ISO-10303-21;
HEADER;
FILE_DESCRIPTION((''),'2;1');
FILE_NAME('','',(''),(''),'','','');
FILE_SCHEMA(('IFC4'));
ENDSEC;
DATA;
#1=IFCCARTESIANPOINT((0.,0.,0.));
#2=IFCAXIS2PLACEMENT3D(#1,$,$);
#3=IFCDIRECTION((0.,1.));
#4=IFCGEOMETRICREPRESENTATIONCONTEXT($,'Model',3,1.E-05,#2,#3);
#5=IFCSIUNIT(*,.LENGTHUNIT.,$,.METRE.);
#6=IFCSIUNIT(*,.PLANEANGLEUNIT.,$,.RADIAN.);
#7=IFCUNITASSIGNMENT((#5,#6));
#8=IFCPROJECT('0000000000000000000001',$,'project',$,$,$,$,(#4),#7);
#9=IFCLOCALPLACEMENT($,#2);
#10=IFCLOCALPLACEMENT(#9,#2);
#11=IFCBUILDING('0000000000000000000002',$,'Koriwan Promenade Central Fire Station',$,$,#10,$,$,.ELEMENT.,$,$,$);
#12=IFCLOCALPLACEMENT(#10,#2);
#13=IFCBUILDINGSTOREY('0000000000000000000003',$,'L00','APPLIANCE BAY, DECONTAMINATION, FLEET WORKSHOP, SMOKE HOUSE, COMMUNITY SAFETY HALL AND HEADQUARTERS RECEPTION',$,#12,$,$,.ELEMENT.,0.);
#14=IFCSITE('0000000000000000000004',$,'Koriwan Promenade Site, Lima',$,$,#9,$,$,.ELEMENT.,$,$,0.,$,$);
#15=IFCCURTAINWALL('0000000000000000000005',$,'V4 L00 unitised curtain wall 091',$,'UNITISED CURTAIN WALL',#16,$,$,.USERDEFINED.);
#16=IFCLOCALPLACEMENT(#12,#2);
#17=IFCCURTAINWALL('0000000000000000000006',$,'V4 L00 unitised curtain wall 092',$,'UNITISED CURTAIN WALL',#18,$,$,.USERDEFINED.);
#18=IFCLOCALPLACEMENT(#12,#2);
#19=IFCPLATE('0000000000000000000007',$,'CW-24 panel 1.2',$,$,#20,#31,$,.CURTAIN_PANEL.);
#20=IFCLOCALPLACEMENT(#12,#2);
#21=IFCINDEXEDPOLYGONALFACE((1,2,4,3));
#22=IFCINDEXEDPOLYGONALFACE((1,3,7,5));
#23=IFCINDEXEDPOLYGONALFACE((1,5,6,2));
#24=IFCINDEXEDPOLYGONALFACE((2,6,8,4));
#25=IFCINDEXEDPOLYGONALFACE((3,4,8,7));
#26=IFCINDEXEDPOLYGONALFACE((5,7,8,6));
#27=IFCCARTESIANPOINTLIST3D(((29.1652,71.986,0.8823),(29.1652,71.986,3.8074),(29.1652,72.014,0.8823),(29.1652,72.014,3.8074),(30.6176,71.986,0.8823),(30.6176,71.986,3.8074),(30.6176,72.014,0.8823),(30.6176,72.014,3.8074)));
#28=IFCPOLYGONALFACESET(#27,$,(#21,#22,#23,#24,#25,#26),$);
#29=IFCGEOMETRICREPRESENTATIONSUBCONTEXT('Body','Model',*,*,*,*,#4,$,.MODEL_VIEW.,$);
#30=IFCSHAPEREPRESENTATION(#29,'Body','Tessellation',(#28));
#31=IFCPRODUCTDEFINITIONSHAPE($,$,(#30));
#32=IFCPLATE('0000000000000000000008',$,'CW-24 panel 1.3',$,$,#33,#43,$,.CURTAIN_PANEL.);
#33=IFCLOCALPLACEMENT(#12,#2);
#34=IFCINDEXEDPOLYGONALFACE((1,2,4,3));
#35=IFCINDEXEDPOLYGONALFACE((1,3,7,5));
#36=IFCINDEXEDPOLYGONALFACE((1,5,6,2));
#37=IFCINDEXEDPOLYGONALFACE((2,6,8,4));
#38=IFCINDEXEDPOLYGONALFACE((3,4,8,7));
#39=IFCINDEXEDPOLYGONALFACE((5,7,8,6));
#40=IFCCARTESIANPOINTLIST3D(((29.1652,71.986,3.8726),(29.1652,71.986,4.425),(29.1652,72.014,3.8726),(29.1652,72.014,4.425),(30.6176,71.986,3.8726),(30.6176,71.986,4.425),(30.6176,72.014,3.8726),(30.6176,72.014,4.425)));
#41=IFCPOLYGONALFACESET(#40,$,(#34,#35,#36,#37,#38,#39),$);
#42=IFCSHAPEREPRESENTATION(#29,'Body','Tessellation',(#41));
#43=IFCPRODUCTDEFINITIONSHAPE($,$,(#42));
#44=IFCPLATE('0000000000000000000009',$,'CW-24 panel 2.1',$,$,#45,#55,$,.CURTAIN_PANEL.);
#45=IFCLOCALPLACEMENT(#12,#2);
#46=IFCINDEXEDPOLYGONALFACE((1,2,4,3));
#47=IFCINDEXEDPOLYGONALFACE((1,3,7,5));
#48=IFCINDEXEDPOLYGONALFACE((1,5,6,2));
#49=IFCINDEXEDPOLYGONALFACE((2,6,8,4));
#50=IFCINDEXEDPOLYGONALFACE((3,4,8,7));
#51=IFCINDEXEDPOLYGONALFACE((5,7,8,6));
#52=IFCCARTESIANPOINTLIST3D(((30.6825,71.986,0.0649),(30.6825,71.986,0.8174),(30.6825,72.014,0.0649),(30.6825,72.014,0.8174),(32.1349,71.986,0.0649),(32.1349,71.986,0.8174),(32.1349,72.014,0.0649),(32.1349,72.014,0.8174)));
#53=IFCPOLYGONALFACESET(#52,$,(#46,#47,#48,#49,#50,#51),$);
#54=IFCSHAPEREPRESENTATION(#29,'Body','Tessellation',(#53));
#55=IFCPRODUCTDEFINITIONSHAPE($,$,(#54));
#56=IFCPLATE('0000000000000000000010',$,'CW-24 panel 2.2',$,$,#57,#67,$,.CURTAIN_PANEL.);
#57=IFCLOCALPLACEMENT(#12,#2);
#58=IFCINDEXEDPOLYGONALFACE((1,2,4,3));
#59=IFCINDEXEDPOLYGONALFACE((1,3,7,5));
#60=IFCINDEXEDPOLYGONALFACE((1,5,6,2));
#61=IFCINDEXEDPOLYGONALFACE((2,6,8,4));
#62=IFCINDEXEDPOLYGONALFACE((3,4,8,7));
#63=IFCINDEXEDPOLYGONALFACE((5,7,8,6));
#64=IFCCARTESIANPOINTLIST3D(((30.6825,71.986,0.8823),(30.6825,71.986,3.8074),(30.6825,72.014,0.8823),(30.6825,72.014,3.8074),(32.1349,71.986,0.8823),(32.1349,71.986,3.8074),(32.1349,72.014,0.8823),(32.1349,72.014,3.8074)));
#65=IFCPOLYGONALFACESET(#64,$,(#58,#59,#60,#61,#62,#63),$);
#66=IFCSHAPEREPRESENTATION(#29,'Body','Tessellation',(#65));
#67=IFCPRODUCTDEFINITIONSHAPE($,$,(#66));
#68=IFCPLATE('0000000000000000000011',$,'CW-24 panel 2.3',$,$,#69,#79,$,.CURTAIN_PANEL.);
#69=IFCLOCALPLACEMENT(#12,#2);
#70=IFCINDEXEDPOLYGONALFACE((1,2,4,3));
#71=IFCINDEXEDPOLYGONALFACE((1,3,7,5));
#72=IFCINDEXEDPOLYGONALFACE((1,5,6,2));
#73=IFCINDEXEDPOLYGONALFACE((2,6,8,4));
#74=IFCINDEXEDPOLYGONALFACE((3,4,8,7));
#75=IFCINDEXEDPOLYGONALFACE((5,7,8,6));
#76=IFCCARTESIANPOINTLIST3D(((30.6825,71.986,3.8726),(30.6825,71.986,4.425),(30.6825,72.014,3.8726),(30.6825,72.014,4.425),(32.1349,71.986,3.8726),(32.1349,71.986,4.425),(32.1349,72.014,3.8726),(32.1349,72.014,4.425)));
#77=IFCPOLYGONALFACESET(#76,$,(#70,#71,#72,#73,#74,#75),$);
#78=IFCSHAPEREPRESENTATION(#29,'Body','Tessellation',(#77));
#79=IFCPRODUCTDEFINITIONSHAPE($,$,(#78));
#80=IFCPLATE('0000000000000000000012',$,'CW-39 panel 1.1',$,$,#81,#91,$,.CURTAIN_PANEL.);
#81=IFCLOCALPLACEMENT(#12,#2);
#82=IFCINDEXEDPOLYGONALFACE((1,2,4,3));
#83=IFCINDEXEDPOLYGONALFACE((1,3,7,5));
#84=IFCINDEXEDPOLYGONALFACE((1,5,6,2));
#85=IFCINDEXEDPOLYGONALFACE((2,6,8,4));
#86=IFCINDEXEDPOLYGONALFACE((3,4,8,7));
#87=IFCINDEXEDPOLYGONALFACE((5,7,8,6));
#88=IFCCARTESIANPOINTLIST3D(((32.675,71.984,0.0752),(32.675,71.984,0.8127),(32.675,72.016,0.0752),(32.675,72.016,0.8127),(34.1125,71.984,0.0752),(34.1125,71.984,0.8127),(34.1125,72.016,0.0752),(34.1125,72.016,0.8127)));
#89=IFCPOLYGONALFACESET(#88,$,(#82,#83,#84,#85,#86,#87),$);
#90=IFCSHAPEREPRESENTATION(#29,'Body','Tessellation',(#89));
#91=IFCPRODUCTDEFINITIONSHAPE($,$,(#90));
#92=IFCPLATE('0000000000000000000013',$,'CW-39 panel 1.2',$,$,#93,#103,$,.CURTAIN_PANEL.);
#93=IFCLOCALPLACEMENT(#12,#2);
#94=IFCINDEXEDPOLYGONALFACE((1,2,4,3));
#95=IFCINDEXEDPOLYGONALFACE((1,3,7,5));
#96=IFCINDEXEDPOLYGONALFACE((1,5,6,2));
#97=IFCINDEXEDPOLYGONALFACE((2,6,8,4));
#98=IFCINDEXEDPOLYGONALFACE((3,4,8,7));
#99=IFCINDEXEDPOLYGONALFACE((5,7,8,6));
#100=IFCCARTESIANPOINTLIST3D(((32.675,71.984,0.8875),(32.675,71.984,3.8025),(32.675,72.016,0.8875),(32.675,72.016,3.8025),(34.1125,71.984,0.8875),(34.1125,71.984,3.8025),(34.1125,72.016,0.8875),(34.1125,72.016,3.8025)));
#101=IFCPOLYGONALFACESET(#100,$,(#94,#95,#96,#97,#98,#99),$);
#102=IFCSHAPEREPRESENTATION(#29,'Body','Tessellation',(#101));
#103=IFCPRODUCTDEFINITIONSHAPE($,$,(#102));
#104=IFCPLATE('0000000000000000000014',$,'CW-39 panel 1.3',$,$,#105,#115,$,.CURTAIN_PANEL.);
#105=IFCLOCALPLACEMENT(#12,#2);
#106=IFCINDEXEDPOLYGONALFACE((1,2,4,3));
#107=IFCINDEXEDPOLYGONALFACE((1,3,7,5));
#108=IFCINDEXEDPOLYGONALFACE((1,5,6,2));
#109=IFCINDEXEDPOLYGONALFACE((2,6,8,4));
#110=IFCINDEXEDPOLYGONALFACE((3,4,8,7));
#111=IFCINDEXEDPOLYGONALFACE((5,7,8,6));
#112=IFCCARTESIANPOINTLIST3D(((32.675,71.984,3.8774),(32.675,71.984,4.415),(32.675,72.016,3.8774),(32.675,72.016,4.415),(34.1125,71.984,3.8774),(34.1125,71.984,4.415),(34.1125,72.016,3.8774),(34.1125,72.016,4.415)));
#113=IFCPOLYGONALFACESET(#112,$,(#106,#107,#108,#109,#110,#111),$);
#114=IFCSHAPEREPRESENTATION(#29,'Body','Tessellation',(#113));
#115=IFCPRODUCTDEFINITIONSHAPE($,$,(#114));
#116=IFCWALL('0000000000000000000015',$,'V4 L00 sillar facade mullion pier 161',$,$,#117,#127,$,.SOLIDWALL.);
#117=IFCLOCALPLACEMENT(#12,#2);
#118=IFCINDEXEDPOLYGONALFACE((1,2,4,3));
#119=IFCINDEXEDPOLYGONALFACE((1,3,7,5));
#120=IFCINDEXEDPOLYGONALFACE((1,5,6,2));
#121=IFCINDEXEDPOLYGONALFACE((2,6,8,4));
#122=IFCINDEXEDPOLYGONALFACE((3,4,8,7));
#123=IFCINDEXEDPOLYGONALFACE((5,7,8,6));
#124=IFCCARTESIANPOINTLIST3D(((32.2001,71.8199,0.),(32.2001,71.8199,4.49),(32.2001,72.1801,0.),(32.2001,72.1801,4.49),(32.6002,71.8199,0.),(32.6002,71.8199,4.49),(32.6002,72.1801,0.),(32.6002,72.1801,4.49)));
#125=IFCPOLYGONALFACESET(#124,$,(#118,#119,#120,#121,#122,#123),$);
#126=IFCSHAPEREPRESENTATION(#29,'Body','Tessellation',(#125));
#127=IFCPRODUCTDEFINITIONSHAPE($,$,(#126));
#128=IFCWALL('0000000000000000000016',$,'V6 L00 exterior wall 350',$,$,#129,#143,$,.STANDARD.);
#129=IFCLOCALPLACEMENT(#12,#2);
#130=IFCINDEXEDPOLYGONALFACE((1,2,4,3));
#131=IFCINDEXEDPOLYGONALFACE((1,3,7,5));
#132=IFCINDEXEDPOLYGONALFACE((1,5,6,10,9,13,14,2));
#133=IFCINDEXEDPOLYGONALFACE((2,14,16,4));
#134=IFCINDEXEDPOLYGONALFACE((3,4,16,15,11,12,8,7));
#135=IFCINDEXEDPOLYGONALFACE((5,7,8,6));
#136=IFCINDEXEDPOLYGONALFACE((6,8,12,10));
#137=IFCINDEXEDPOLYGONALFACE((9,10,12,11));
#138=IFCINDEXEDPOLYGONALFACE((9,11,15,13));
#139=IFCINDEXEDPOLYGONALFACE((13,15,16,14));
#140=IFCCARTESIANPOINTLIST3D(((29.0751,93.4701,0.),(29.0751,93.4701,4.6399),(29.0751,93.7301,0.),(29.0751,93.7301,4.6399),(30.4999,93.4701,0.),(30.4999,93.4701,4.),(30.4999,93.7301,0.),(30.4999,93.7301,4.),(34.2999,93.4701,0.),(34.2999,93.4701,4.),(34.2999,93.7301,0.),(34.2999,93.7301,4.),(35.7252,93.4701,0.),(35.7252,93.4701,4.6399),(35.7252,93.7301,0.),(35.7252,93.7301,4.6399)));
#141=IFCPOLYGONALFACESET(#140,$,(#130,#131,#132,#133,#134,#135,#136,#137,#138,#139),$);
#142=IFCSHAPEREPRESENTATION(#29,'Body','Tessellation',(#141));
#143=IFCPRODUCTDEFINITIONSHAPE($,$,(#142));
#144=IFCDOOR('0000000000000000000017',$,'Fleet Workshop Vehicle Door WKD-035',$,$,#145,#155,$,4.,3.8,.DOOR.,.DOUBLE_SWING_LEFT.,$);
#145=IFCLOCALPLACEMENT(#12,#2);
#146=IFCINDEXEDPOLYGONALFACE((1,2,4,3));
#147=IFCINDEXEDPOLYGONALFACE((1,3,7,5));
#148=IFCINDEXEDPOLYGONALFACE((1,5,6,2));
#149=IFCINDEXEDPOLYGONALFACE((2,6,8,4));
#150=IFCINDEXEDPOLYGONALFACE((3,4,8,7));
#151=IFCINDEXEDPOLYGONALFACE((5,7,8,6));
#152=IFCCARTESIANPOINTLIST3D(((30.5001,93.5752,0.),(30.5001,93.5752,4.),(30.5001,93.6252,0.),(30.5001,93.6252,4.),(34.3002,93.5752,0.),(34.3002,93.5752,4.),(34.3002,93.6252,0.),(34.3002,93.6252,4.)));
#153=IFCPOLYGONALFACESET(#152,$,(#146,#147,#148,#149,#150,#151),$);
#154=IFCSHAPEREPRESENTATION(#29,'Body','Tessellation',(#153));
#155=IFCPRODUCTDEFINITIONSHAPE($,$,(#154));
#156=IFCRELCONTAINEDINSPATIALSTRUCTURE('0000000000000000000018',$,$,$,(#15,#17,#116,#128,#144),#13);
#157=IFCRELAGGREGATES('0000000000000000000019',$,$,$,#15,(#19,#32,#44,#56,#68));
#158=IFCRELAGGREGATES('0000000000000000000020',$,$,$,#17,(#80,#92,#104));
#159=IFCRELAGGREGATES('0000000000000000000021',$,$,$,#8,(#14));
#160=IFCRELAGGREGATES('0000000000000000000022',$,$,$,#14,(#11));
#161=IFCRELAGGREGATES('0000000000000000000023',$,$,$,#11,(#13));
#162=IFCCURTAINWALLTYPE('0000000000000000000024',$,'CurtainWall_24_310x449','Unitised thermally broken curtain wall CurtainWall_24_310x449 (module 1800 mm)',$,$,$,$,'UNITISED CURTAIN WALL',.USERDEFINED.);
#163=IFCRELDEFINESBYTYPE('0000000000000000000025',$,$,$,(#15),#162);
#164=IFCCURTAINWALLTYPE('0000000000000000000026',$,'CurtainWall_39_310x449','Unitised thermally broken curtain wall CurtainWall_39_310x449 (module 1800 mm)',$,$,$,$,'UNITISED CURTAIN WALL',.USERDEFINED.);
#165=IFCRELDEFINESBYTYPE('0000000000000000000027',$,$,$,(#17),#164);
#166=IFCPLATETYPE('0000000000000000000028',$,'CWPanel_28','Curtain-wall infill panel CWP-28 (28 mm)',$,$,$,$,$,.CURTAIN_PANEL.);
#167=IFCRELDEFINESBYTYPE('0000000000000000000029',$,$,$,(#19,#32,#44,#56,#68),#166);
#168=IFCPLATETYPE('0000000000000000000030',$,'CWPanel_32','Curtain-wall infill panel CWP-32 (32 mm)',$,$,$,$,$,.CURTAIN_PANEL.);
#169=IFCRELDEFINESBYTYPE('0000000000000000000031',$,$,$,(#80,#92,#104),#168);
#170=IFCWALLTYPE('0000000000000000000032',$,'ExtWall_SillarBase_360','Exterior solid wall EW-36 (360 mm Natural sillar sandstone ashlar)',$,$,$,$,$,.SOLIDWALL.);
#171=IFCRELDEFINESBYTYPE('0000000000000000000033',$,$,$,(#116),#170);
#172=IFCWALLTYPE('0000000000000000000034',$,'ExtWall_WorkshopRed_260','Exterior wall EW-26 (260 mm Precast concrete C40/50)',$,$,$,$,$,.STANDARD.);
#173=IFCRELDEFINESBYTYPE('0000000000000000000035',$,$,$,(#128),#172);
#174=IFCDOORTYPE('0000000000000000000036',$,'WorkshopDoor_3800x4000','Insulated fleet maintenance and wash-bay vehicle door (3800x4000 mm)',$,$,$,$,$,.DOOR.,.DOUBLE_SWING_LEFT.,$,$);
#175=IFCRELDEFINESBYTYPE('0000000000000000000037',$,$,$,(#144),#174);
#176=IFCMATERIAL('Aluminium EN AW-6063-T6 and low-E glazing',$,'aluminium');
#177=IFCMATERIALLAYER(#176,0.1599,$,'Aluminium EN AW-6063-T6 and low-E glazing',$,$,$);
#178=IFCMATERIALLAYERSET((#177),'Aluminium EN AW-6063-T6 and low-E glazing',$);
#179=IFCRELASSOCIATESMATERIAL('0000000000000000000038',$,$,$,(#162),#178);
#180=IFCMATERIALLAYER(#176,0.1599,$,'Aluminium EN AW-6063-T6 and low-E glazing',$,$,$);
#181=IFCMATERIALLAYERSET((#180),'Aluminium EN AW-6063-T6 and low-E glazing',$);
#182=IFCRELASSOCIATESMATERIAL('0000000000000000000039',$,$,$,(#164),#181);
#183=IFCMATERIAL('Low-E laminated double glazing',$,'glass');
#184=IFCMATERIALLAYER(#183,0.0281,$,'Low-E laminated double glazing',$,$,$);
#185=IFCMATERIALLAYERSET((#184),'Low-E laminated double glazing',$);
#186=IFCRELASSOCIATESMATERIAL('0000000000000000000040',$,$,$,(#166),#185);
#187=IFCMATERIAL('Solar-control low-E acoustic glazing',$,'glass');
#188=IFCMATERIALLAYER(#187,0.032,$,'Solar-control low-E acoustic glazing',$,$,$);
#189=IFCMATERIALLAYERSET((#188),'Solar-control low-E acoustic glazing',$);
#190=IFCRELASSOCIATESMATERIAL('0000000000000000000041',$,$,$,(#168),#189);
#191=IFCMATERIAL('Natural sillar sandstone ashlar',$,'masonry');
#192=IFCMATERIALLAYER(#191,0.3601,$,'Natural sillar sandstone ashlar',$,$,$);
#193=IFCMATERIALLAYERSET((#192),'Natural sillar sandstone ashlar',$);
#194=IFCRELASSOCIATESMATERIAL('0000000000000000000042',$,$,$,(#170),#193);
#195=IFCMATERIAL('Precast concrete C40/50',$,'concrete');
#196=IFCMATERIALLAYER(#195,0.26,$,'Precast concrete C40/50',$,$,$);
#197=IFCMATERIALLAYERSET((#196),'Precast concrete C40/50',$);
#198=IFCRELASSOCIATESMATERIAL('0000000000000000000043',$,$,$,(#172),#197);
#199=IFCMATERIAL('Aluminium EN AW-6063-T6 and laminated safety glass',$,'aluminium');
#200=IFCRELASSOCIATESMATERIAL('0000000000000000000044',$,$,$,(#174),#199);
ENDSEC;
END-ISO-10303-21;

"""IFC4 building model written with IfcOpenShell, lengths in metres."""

from ifc_helpers import new_model, si_unit, direction, frame, frame_2d, origin, origin_2d, place, context, subcontext, project, spatial, rectangle, extrude, material, layer, layer_set, type_object, element, fill, aggregate, save


model = new_model("IFC4")

# Units and contexts
model_context = context("Model", 3, precision=1e-05, world=origin(), true_north=direction((0.0, 1.0)))
body_context = subcontext(model_context, "Body", "Model", "MODEL_VIEW")
ifc_project = project(units=[si_unit("LENGTHUNIT", "METRE"), si_unit("PLANEANGLEUNIT", "RADIAN")], contexts=[model_context])

# Site, building, storey
site_placement = place(None, origin())
site = spatial("IfcSite", under=ifc_project, at=site_placement, Name="Koriwan Promenade Site, Lima", CompositionType="ELEMENT", RefElevation=0.0)
building_placement = place(site_placement, origin())
building = spatial("IfcBuilding", under=site, at=building_placement, Name="Koriwan Promenade Central Fire Station", CompositionType="ELEMENT")
storey_placement = place(building_placement, origin())
storey = spatial("IfcBuildingStorey", under=building, at=storey_placement, Name="L00", Description="APPLIANCE BAY, DECONTAMINATION, FLEET WORKSHOP, SMOKE HOUSE, COMMUNITY SAFETY HALL AND HEADQUARTERS RECEPTION", CompositionType="ELEMENT", Elevation=0.0)

# Curtain wall
ifc_material_1 = material(Name="Aluminium EN AW-6063-T6 and low-E glazing", Category="aluminium")
ifc_layer_1 = layer(ifc_material_1, 0.1599, Name="Aluminium EN AW-6063-T6 and low-E glazing")
ifc_layer_set_1 = layer_set([ifc_layer_1], Name="Aluminium EN AW-6063-T6 and low-E glazing")
curtain_wall_type_1 = type_object("IfcCurtainWallType", Name="CurtainWall_24_310x449", Description="Unitised thermally broken curtain wall CurtainWall_24_310x449 (module 1800 mm)", ElementType="UNITISED CURTAIN WALL", PredefinedType="USERDEFINED", material=ifc_layer_set_1)
curtain_wall_1_placement = place(storey_placement, origin())
curtain_wall_1 = element("IfcCurtainWall", 1, at=curtain_wall_1_placement, inside=storey, type_object=curtain_wall_type_1, Name="V4 L00 unitised curtain wall 091", ObjectType="UNITISED CURTAIN WALL", PredefinedType="USERDEFINED")

# Curtain wall
ifc_layer_2 = layer(ifc_material_1, 0.1599, Name="Aluminium EN AW-6063-T6 and low-E glazing")
ifc_layer_set_2 = layer_set([ifc_layer_2], Name="Aluminium EN AW-6063-T6 and low-E glazing")
curtain_wall_type_2 = type_object("IfcCurtainWallType", Name="CurtainWall_39_310x449", Description="Unitised thermally broken curtain wall CurtainWall_39_310x449 (module 1800 mm)", ElementType="UNITISED CURTAIN WALL", PredefinedType="USERDEFINED", material=ifc_layer_set_2)
curtain_wall_2_placement = place(storey_placement, origin())
curtain_wall_2 = element("IfcCurtainWall", 2, at=curtain_wall_2_placement, inside=storey, type_object=curtain_wall_type_2, Name="V4 L00 unitised curtain wall 092", ObjectType="UNITISED CURTAIN WALL", PredefinedType="USERDEFINED")

# Plates
ifc_material_2 = material(Name="Low-E laminated double glazing", Category="glass")
ifc_layer_3 = layer(ifc_material_2, 0.0281, Name="Low-E laminated double glazing")
ifc_layer_set_3 = layer_set([ifc_layer_3], Name="Low-E laminated double glazing")
plate_type_1 = type_object("IfcPlateType", Name="CWPanel_28", Description="Curtain-wall infill panel CWP-28 (28 mm)", PredefinedType="CURTAIN_PANEL", material=ifc_layer_set_3)
plate_1_placement = place(storey_placement, frame((29.8914, 72.0, 0.8823), z_axis=(0.0, 0.0, 1.0), x_axis=(1.0, 0.0, 0.0)))
plate_1 = element("IfcPlate", 3, at=plate_1_placement, type_object=plate_type_1, Name="CW-24 panel 1.2", PredefinedType="CURTAIN_PANEL", context=body_context, shape_type="SweptSolid", body=[
    extrude(rectangle(XDim=1.4524, YDim=0.0281, at=origin_2d()), origin(), (0.0, 0.0, 1.0), 2.925),
])
plate_2_placement = place(storey_placement, frame((29.8914, 72.0, 3.8726), z_axis=(0.0, 0.0, 1.0), x_axis=(1.0, 0.0, 0.0)))
plate_2 = element("IfcPlate", 4, at=plate_2_placement, type_object=plate_type_1, Name="CW-24 panel 1.3", PredefinedType="CURTAIN_PANEL", context=body_context, shape_type="SweptSolid", body=[
    extrude(rectangle(XDim=1.4524, YDim=0.0281, at=origin_2d()), origin(), (0.0, 0.0, 1.0), 0.5525),
])
plate_3_placement = place(storey_placement, frame((31.4087, 72.0, 0.0649), z_axis=(0.0, 0.0, 1.0), x_axis=(1.0, 0.0, 0.0)))
plate_3 = element("IfcPlate", 5, at=plate_3_placement, type_object=plate_type_1, Name="CW-24 panel 2.1", PredefinedType="CURTAIN_PANEL", context=body_context, shape_type="SweptSolid", body=[
    extrude(rectangle(XDim=1.4524, YDim=0.0281, at=origin_2d()), origin(), (0.0, 0.0, 1.0), 0.7524),
])
plate_4_placement = place(storey_placement, frame((31.4087, 72.0, 0.8823), z_axis=(0.0, 0.0, 1.0), x_axis=(1.0, 0.0, 0.0)))
plate_4 = element("IfcPlate", 6, at=plate_4_placement, type_object=plate_type_1, Name="CW-24 panel 2.2", PredefinedType="CURTAIN_PANEL", context=body_context, shape_type="SweptSolid", body=[
    extrude(rectangle(XDim=1.4524, YDim=0.0281, at=origin_2d()), origin(), (0.0, 0.0, 1.0), 2.925),
])
plate_5_placement = place(storey_placement, frame((31.4087, 72.0, 3.8726), z_axis=(0.0, 0.0, 1.0), x_axis=(1.0, 0.0, 0.0)))
plate_5 = element("IfcPlate", 7, at=plate_5_placement, type_object=plate_type_1, Name="CW-24 panel 2.3", PredefinedType="CURTAIN_PANEL", context=body_context, shape_type="SweptSolid", body=[
    extrude(rectangle(XDim=1.4524, YDim=0.0281, at=origin_2d()), origin(), (0.0, 0.0, 1.0), 0.5525),
])
aggregate(curtain_wall_1, [plate_1, plate_2, plate_3, plate_4, plate_5])
ifc_material_3 = material(Name="Solar-control low-E acoustic glazing", Category="glass")
ifc_layer_4 = layer(ifc_material_3, 0.032, Name="Solar-control low-E acoustic glazing")
ifc_layer_set_4 = layer_set([ifc_layer_4], Name="Solar-control low-E acoustic glazing")
plate_type_2 = type_object("IfcPlateType", Name="CWPanel_32", Description="Curtain-wall infill panel CWP-32 (32 mm)", PredefinedType="CURTAIN_PANEL", material=ifc_layer_set_4)
plate_6_placement = place(storey_placement, frame((33.3938, 72.0, 0.0752), z_axis=(0.0, 0.0, 1.0), x_axis=(1.0, 0.0, 0.0)))
plate_6 = element("IfcPlate", 8, at=plate_6_placement, type_object=plate_type_2, Name="CW-39 panel 1.1", PredefinedType="CURTAIN_PANEL", context=body_context, shape_type="SweptSolid", body=[
    extrude(rectangle(XDim=1.4375, YDim=0.032, at=origin_2d()), origin(), (0.0, 0.0, 1.0), 0.7375),
])
plate_7_placement = place(storey_placement, frame((33.3938, 72.0, 0.8875), z_axis=(0.0, 0.0, 1.0), x_axis=(1.0, 0.0, 0.0)))
plate_7 = element("IfcPlate", 9, at=plate_7_placement, type_object=plate_type_2, Name="CW-39 panel 1.2", PredefinedType="CURTAIN_PANEL", context=body_context, shape_type="SweptSolid", body=[
    extrude(rectangle(XDim=1.4375, YDim=0.032, at=origin_2d()), origin(), (0.0, 0.0, 1.0), 2.915),
])
plate_8_placement = place(storey_placement, frame((33.3938, 72.0, 3.8774), z_axis=(0.0, 0.0, 1.0), x_axis=(1.0, 0.0, 0.0)))
plate_8 = element("IfcPlate", 10, at=plate_8_placement, type_object=plate_type_2, Name="CW-39 panel 1.3", PredefinedType="CURTAIN_PANEL", context=body_context, shape_type="SweptSolid", body=[
    extrude(rectangle(XDim=1.4375, YDim=0.032, at=origin_2d()), origin(), (0.0, 0.0, 1.0), 0.5376),
])
aggregate(curtain_wall_2, [plate_6, plate_7, plate_8])

# Wall
ifc_material_4 = material(Name="Natural sillar sandstone ashlar", Category="masonry")
ifc_layer_5 = layer(ifc_material_4, 0.3601, Name="Natural sillar sandstone ashlar")
ifc_layer_set_5 = layer_set([ifc_layer_5], Name="Natural sillar sandstone ashlar")
wall_type_1 = type_object("IfcWallType", Name="ExtWall_SillarBase_360", Description="Exterior solid wall EW-36 (360 mm Natural sillar sandstone ashlar)", PredefinedType="SOLIDWALL", material=ifc_layer_set_5)
wall_1_placement = place(storey_placement, frame((32.2, 72.0, 0.0), z_axis=(0.0, 0.0, 1.0), x_axis=(1.0, 0.0, 0.0)))
element("IfcWall", 11, at=wall_1_placement, inside=storey, type_object=wall_type_1, Name="V4 L00 sillar facade mullion pier 161", PredefinedType="SOLIDWALL", context=body_context, shape_type="SweptSolid", body=[
    extrude(rectangle(XDim=0.4001, YDim=0.3601, at=frame_2d((0.2002, 0.0))), origin(), (0.0, 0.0, 1.0), 4.49),
])

# Wall, opening, door
ifc_material_5 = material(Name="Precast concrete C40/50", Category="concrete")
ifc_layer_6 = layer(ifc_material_5, 0.26, Name="Precast concrete C40/50")
ifc_layer_set_6 = layer_set([ifc_layer_6], Name="Precast concrete C40/50")
wall_type_2 = type_object("IfcWallType", Name="ExtWall_WorkshopRed_260", Description="Exterior wall EW-26 (260 mm Precast concrete C40/50)", PredefinedType="STANDARD", material=ifc_layer_set_6)
wall_2_placement = place(storey_placement, frame((29.075, 93.6001, 0.0), z_axis=(0.0, 0.0, 1.0), x_axis=(1.0, 0.0, 0.0)))
wall_2 = element("IfcWall", 12, at=wall_2_placement, inside=storey, type_object=wall_type_2, Name="V6 L00 exterior wall 350", PredefinedType="STANDARD", context=body_context, shape_type="SweptSolid", body=[
    extrude(rectangle(XDim=6.6501, YDim=0.26, at=frame_2d((3.3252, 0.0))), origin(), (0.0, 0.0, 1.0), 4.6399),
])
opening_1_placement = place(wall_2_placement, frame((1.425, 0.0, 0.0)))
opening_1 = element("IfcOpeningElement", 13, at=opening_1_placement, cuts=wall_2, PredefinedType="OPENING", context=body_context, shape_type="SweptSolid", body=[
    extrude(rectangle(XDim=3.8, YDim=4.0, at=frame_2d((1.8999, 2.0))), frame((0.0, 0.1421, 0.0), z_axis=(0.0, -1.0, 0.0), x_axis=(1.0, 0.0, 0.0)), (0.0, 0.0, 1.0), 0.2839),
])
ifc_material_6 = material(Name="Aluminium EN AW-6063-T6 and laminated safety glass", Category="aluminium")
door_type_1 = type_object("IfcDoorType", Name="WorkshopDoor_3800x4000", Description="Insulated fleet maintenance and wash-bay vehicle door (3800x4000 mm)", OperationType="DOUBLE_SWING_LEFT", PredefinedType="DOOR", material=ifc_material_6)
door_1_placement = place(opening_1_placement, frame((3.8, 0.0, 0.0), z_axis=(0.0, 0.0, 1.0), x_axis=(-1.0, 0.0, 0.0)))
door_1 = element("IfcDoor", 14, at=door_1_placement, inside=storey, type_object=door_type_1, Name="Fleet Workshop Vehicle Door WKD-035", OperationType="DOUBLE_SWING_LEFT", OverallHeight=4.0, OverallWidth=3.8, PredefinedType="DOOR", context=body_context, shape_type="SweptSolid", body=[
    extrude(rectangle(XDim=3.8, YDim=4.0, at=frame_2d((1.8999, 2.0))), frame((0.0, 0.0249, 0.0), z_axis=(0.0, -1.0, 0.0), x_axis=(1.0, 0.0, 0.0)), (0.0, 0.0, 1.0), 0.05),
])
fill(opening_1, door_1)

save(model, "model.ifc")
